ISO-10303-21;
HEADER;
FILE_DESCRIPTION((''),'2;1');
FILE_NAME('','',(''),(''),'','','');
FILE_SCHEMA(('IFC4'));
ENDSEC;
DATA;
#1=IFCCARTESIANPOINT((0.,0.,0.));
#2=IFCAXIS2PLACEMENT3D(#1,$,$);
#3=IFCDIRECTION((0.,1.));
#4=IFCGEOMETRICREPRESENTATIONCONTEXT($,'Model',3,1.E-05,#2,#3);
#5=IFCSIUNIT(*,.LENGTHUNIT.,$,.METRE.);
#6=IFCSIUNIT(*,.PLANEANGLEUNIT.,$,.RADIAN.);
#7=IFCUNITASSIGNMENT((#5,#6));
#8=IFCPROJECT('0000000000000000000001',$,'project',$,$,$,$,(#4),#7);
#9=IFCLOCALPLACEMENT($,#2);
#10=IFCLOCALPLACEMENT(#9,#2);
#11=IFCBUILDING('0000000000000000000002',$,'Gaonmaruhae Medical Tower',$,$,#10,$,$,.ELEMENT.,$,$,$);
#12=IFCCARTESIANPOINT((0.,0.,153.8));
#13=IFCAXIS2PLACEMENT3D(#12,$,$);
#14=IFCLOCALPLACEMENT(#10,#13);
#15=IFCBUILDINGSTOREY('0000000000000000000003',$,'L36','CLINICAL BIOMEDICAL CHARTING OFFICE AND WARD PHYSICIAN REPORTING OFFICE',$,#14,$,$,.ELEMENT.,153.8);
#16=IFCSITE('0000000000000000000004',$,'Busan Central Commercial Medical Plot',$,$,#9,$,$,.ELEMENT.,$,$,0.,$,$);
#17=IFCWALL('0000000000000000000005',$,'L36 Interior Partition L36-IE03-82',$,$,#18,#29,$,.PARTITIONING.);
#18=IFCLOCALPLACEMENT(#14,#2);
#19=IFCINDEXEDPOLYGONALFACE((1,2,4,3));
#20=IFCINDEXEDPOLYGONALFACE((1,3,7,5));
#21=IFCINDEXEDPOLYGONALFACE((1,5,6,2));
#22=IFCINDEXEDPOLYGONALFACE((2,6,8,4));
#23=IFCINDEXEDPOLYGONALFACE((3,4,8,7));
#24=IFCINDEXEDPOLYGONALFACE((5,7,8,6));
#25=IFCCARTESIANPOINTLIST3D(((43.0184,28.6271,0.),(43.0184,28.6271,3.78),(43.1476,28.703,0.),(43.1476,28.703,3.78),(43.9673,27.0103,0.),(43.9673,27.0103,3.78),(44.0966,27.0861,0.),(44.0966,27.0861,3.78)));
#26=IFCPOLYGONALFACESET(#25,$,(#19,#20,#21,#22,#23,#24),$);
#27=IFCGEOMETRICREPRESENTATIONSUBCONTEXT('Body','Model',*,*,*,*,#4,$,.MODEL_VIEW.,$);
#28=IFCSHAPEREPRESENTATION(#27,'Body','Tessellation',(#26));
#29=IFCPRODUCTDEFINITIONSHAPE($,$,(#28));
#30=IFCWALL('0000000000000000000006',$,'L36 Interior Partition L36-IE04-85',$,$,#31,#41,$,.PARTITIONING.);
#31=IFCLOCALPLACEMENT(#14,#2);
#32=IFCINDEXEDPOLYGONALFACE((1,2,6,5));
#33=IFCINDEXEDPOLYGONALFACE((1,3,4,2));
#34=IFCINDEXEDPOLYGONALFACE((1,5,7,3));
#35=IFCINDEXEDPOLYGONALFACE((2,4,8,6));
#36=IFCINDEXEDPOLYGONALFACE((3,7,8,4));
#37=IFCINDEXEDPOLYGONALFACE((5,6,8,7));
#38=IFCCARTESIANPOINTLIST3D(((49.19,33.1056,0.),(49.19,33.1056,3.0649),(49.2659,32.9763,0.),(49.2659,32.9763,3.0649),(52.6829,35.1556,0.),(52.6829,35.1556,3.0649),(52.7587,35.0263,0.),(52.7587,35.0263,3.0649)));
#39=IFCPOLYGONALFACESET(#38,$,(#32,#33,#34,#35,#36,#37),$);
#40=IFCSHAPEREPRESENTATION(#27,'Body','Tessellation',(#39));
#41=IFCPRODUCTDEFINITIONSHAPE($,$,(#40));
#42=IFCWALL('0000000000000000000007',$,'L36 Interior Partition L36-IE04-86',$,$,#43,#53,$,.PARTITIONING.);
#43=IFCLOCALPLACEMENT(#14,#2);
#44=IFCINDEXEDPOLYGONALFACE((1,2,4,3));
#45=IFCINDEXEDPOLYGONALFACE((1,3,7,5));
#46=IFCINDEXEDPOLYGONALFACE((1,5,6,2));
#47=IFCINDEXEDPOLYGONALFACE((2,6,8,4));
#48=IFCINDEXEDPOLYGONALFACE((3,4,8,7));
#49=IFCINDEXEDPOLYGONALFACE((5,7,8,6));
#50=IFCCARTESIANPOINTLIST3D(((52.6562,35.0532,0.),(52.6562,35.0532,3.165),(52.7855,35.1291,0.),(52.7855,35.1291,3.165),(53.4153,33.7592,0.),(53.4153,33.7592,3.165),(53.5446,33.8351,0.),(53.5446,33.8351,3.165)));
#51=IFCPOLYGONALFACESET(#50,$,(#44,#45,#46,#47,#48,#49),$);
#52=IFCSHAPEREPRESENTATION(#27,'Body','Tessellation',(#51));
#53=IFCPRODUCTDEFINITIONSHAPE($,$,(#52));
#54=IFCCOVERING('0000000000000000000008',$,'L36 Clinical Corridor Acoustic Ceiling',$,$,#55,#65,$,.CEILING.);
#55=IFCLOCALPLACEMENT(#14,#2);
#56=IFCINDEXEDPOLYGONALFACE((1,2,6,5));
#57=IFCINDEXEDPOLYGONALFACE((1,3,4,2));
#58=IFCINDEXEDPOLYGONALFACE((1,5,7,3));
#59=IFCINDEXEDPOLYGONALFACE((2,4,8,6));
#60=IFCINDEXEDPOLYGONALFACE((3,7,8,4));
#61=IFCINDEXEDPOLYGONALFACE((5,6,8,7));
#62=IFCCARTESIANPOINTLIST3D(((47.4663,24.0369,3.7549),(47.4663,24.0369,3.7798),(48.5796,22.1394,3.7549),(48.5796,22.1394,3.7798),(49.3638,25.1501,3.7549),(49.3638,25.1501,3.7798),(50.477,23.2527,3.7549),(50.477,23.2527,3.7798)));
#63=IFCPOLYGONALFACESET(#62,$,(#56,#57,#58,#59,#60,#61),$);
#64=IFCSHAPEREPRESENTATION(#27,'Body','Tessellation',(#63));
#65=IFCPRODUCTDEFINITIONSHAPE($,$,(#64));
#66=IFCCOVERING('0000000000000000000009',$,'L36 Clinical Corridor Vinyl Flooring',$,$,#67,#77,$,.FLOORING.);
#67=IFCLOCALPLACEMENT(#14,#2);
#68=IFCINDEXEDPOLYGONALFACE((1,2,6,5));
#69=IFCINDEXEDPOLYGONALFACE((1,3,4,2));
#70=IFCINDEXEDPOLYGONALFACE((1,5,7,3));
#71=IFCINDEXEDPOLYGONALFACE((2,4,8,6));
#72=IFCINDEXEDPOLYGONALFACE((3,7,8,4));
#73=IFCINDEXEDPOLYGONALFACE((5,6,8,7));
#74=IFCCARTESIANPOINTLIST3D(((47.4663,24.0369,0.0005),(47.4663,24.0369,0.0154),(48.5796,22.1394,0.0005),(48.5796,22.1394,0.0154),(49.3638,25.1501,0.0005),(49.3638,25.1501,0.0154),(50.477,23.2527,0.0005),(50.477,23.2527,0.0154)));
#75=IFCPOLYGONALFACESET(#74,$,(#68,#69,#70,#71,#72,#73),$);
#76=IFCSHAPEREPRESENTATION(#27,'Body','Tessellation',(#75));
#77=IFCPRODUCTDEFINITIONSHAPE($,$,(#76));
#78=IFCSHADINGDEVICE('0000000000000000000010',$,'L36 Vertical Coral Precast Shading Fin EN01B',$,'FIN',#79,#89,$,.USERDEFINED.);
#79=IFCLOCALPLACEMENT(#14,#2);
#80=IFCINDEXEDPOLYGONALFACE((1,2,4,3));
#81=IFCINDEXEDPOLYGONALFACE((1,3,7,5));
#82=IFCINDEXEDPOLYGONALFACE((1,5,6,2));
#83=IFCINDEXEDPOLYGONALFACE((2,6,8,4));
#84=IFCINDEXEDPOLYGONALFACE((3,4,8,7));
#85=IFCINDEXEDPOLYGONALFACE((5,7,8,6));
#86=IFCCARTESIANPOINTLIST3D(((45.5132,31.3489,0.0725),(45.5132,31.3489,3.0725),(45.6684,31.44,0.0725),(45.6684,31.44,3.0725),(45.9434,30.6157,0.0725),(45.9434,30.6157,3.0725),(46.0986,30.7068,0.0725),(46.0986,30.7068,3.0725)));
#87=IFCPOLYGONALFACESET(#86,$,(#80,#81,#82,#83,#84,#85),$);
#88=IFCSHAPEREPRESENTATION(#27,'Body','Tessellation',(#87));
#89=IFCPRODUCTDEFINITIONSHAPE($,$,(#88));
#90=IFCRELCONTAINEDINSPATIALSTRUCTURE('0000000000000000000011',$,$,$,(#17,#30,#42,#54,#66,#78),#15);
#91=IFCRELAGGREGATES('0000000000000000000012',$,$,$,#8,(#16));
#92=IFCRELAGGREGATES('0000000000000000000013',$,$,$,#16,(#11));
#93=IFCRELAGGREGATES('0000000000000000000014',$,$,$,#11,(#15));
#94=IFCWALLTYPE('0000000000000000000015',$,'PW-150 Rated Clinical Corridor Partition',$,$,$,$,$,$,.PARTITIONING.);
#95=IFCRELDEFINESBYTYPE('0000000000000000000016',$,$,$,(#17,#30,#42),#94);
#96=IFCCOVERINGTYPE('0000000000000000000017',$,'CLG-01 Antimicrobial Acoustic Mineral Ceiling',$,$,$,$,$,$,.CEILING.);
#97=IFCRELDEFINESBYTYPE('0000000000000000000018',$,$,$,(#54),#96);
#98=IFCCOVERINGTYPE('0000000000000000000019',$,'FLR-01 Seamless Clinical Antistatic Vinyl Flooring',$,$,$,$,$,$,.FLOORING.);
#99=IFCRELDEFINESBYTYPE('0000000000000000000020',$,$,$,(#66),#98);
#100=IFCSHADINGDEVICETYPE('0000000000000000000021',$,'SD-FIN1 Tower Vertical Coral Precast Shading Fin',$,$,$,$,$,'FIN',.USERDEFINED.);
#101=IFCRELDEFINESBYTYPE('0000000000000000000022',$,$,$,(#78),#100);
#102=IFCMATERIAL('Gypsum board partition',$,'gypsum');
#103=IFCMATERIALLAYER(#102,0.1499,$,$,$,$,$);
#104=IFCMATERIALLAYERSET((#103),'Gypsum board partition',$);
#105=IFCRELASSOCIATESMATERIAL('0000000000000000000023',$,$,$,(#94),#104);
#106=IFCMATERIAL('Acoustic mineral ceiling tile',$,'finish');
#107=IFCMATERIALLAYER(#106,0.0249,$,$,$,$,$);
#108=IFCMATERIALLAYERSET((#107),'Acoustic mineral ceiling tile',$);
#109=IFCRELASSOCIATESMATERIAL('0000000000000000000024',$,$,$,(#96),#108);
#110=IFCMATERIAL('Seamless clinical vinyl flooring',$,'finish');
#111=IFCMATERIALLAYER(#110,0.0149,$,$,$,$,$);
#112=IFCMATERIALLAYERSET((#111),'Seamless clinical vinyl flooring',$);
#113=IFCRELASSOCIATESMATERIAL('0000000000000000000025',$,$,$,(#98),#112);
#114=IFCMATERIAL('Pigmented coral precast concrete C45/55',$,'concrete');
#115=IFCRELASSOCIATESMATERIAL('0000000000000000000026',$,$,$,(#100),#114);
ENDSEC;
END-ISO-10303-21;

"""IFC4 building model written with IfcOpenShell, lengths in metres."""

from ifc_helpers import new_model, si_unit, direction, frame, frame_2d, origin, origin_2d, place, context, subcontext, project, spatial, rectangle, extrude, material, layer, layer_set, type_object, element, save


model = new_model("IFC4")

# Units and contexts
model_context = context("Model", 3, precision=1e-05, world=origin(), true_north=direction((0.0, 1.0)))
body_context = subcontext(model_context, "Body", "Model", "MODEL_VIEW")
ifc_project = project(units=[si_unit("LENGTHUNIT", "METRE"), si_unit("PLANEANGLEUNIT", "RADIAN")], contexts=[model_context])

# Site, building, storey
site_placement = place(None, origin())
site = spatial("IfcSite", under=ifc_project, at=site_placement, Name="Busan Central Commercial Medical Plot", CompositionType="ELEMENT", RefElevation=0.0)
building_placement = place(site_placement, origin())
building = spatial("IfcBuilding", under=site, at=building_placement, Name="Gaonmaruhae Medical Tower", CompositionType="ELEMENT")
storey_placement = place(building_placement, frame((0.0, 0.0, 153.8)))
storey = spatial("IfcBuildingStorey", under=building, at=storey_placement, Name="L36", Description="CLINICAL BIOMEDICAL CHARTING OFFICE AND WARD PHYSICIAN REPORTING OFFICE", CompositionType="ELEMENT", Elevation=153.8)

# Shared definitions
ifc_material_1 = material(Name="Gypsum board partition", Category="gypsum")
ifc_layer_1 = layer(ifc_material_1, 0.1499)
ifc_layer_set_1 = layer_set([ifc_layer_1], Name="Gypsum board partition")
wall_type_1 = type_object("IfcWallType", Name="PW-150 Rated Clinical Corridor Partition", PredefinedType="PARTITIONING", material=ifc_layer_set_1)

# Walls
wall_1_placement = place(storey_placement, frame((44.032, 27.0481, 0.0), z_axis=(0.0, 0.0, 1.0), x_axis=(-0.506161, 0.862439, 0.0)))
element("IfcWall", 1, at=wall_1_placement, inside=storey, type_object=wall_type_1, Name="L36 Interior Partition L36-IE03-82", PredefinedType="PARTITIONING", context=body_context, shape_type="SweptSolid", body=[
    extrude(rectangle(XDim=1.8748, YDim=0.1499, at=frame_2d((0.9375, 0.0))), origin(), (0.0, 0.0, 1.0), 3.78),
])
wall_2_placement = place(storey_placement, frame((49.228, 33.041, 0.0), z_axis=(0.0, 0.0, 1.0), x_axis=(0.862431, 0.506174, 0.0)))
element("IfcWall", 2, at=wall_2_placement, inside=storey, type_object=wall_type_1, Name="L36 Interior Partition L36-IE04-85", PredefinedType="PARTITIONING", context=body_context, shape_type="SweptSolid", body=[
    extrude(rectangle(XDim=4.05, YDim=0.1499, at=frame_2d((2.0249, 0.0))), origin(), (0.0, 0.0, 1.0), 3.0649),
])
wall_3_placement = place(storey_placement, frame((52.7209, 35.0911, 0.0), z_axis=(0.0, 0.0, 1.0), x_axis=(0.505974, -0.862549, 0.0)))
element("IfcWall", 3, at=wall_3_placement, inside=storey, type_object=wall_type_1, Name="L36 Interior Partition L36-IE04-86", PredefinedType="PARTITIONING", context=body_context, shape_type="SweptSolid", body=[
    extrude(rectangle(XDim=1.5002, YDim=0.1499, at=frame_2d((0.75, 0.0))), origin(), (0.0, 0.0, 1.0), 3.165),
])

# Coverings
ifc_material_2 = material(Name="Acoustic mineral ceiling tile", Category="finish")
ifc_layer_2 = layer(ifc_material_2, 0.0249)
ifc_layer_set_2 = layer_set([ifc_layer_2], Name="Acoustic mineral ceiling tile")
covering_type_1 = type_object("IfcCoveringType", Name="CLG-01 Antimicrobial Acoustic Mineral Ceiling", PredefinedType="CEILING", material=ifc_layer_set_2)
covering_1_placement = place(storey_placement, frame((48.9717, 23.6448, 3.7549), z_axis=(0.0, 0.0, 1.0), x_axis=(0.862514, 0.506034, 0.0)))
element("IfcCovering", 4, at=covering_1_placement, inside=storey, type_object=covering_type_1, Name="L36 Clinical Corridor Acoustic Ceiling", PredefinedType="CEILING", context=body_context, shape_type="SweptSolid", body=[
    extrude(rectangle(XDim=2.2, YDim=2.2, at=origin_2d()), origin(), (0.0, 0.0, 1.0), 0.0249),
])
ifc_material_3 = material(Name="Seamless clinical vinyl flooring", Category="finish")
ifc_layer_3 = layer(ifc_material_3, 0.0149)
ifc_layer_set_3 = layer_set([ifc_layer_3], Name="Seamless clinical vinyl flooring")
covering_type_2 = type_object("IfcCoveringType", Name="FLR-01 Seamless Clinical Antistatic Vinyl Flooring", PredefinedType="FLOORING", material=ifc_layer_set_3)
covering_2_placement = place(storey_placement, frame((48.9717, 23.6448, 0.0005), z_axis=(0.0, 0.0, 1.0), x_axis=(0.862514, 0.506034, 0.0)))
element("IfcCovering", 5, at=covering_2_placement, inside=storey, type_object=covering_type_2, Name="L36 Clinical Corridor Vinyl Flooring", PredefinedType="FLOORING", context=body_context, shape_type="SweptSolid", body=[
    extrude(rectangle(XDim=2.2, YDim=2.2, at=origin_2d()), origin(), (0.0, 0.0, 1.0), 0.0149),
])

# Shading device
ifc_material_4 = material(Name="Pigmented coral precast concrete C45/55", Category="concrete")
shading_device_type = type_object("IfcShadingDeviceType", Name="SD-FIN1 Tower Vertical Coral Precast Shading Fin", ElementType="FIN", PredefinedType="USERDEFINED", material=ifc_material_4)
shading_device_placement = place(storey_placement, frame((45.8059, 31.0278, 0.0725), z_axis=(0.0, 0.0, 1.0), x_axis=(0.862505, 0.506049, 0.0)))
element("IfcShadingDevice", 6, at=shading_device_placement, inside=storey, type_object=shading_device_type, Name="L36 Vertical Coral Precast Shading Fin EN01B", ObjectType="FIN", PredefinedType="USERDEFINED", context=body_context, shape_type="SweptSolid", body=[
    extrude(rectangle(XDim=0.1799, YDim=0.8501, at=origin_2d()), origin(), (0.0, 0.0, 1.0), 3.0),
])

save(model, "model.ifc")
